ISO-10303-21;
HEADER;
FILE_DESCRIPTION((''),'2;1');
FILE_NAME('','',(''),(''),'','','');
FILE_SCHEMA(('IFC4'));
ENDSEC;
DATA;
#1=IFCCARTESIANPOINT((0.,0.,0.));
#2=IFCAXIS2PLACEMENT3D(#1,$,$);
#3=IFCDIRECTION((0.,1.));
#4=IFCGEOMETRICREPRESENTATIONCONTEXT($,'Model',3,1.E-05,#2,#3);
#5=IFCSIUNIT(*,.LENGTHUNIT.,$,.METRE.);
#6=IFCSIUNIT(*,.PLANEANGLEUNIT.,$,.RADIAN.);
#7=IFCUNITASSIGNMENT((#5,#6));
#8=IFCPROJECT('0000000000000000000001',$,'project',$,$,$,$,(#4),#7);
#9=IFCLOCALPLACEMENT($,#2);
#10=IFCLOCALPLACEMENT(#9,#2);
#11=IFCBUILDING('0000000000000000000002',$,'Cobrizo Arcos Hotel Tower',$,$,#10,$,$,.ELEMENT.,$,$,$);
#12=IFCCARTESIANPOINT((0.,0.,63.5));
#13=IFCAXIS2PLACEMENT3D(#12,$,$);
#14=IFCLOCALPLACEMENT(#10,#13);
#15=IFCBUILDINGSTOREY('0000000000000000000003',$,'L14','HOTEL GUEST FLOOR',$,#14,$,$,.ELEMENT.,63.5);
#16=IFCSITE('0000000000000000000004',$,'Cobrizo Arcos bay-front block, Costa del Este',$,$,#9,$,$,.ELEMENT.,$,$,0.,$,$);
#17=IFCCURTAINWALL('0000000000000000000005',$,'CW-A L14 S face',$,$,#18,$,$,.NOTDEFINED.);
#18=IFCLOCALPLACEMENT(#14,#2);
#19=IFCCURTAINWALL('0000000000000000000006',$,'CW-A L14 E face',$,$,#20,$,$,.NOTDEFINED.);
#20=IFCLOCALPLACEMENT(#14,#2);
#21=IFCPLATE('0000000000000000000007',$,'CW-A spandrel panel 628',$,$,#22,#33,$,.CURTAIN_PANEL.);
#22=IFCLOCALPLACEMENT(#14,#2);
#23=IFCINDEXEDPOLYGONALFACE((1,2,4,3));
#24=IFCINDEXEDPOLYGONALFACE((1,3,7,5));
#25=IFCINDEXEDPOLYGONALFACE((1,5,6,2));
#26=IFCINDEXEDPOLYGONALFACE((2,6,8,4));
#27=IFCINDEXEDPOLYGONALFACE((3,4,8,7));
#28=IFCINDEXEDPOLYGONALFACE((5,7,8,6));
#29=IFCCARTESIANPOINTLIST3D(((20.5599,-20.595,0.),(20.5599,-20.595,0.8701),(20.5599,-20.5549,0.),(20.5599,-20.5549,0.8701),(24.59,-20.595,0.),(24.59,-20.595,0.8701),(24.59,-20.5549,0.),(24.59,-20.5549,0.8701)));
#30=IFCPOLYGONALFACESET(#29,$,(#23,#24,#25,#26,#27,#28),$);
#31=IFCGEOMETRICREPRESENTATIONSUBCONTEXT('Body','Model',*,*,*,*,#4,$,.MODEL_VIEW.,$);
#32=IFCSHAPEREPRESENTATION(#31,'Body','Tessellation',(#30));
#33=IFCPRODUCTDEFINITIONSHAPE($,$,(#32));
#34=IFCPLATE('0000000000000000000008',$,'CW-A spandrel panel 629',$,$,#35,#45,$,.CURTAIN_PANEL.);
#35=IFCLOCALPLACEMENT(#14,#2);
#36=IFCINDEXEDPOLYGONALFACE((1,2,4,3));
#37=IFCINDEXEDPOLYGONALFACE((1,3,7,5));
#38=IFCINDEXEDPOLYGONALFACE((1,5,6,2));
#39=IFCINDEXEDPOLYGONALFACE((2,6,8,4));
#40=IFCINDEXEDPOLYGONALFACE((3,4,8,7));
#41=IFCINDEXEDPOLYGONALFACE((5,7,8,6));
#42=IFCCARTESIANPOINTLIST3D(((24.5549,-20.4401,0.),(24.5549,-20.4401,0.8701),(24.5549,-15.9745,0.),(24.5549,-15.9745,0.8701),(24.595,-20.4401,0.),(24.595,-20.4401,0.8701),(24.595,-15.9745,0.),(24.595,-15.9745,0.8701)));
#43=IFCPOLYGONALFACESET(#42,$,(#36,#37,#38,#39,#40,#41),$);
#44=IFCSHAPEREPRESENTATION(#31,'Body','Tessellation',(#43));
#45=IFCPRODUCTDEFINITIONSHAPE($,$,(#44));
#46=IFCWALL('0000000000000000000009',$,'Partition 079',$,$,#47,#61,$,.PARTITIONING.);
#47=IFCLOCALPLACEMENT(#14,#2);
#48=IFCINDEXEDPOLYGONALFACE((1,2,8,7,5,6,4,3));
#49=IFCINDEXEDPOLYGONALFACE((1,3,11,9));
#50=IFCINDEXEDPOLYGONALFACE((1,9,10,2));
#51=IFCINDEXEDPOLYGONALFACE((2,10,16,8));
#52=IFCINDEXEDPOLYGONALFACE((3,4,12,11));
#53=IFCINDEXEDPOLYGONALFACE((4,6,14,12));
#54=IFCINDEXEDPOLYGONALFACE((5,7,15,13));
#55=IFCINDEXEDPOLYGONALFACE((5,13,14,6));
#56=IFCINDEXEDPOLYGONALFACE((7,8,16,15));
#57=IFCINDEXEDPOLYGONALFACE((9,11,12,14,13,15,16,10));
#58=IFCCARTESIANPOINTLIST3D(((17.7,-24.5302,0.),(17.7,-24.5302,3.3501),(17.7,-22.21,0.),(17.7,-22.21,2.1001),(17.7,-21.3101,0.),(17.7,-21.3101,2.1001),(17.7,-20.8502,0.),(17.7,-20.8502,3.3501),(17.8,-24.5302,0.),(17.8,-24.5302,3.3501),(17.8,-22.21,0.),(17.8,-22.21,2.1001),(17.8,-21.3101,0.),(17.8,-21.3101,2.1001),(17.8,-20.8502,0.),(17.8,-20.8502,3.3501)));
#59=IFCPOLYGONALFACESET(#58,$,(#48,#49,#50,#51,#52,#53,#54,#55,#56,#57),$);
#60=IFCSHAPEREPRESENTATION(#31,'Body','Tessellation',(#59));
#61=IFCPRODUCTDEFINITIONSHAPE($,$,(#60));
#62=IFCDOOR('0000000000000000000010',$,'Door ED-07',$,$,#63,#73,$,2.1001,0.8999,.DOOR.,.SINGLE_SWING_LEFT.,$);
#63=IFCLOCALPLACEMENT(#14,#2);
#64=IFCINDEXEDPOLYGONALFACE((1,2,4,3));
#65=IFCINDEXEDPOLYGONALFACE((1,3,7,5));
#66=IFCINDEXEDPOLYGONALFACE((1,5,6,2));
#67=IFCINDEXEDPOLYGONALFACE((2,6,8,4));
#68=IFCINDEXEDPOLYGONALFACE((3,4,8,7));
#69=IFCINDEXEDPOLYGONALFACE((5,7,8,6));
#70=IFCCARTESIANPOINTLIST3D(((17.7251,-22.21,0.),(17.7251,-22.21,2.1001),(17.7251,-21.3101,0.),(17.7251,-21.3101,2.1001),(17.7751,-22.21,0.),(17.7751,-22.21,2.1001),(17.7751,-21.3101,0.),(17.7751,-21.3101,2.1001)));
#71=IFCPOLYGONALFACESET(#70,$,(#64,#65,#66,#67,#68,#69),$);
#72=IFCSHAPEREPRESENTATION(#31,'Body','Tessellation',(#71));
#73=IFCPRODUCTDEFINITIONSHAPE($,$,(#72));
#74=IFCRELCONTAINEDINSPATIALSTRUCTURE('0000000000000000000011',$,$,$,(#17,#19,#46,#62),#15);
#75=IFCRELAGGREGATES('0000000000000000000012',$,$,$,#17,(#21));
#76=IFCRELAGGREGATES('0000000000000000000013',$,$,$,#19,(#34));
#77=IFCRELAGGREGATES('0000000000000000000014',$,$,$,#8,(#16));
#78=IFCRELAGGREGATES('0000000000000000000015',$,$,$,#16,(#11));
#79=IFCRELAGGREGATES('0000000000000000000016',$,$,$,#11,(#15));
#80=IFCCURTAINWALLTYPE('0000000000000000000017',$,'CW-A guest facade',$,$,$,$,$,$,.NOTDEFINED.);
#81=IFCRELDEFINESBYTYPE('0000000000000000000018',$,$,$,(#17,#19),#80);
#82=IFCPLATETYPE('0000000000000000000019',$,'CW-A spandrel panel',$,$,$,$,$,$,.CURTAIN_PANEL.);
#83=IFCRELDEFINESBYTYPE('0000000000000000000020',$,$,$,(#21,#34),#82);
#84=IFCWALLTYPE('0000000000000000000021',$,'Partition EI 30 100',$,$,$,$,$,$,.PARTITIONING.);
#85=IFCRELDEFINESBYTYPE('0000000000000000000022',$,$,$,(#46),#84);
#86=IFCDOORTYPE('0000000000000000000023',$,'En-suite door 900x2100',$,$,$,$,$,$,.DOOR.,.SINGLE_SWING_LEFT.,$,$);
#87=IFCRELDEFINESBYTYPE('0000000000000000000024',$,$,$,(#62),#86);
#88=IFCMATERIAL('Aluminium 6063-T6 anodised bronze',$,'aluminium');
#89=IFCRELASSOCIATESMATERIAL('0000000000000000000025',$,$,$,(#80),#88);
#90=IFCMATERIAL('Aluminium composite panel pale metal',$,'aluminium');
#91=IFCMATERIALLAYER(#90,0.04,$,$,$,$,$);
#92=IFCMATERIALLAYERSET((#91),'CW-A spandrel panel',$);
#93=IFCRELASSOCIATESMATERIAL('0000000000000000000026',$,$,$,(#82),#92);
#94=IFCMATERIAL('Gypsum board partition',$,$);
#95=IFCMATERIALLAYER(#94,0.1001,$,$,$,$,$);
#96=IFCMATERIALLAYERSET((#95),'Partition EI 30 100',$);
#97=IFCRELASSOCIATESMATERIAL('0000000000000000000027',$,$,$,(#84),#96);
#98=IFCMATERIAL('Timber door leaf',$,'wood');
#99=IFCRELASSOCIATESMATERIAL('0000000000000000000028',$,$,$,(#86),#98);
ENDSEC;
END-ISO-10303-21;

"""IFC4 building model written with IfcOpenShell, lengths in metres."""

from ifc_helpers import new_model, si_unit, direction, frame, frame_2d, origin, origin_2d, place, context, subcontext, project, spatial, rectangle, extrude, material, layer, layer_set, type_object, element, fill, aggregate, save


model = new_model("IFC4")

# Units and contexts
model_context = context("Model", 3, precision=1e-05, world=origin(), true_north=direction((0.0, 1.0)))
body_context = subcontext(model_context, "Body", "Model", "MODEL_VIEW")
ifc_project = project(units=[si_unit("LENGTHUNIT", "METRE"), si_unit("PLANEANGLEUNIT", "RADIAN")], contexts=[model_context])

# Site, building, storey
site_placement = place(None, origin())
site = spatial("IfcSite", under=ifc_project, at=site_placement, Name="Cobrizo Arcos bay-front block, Costa del Este", CompositionType="ELEMENT", RefElevation=0.0)
building_placement = place(site_placement, origin())
building = spatial("IfcBuilding", under=site, at=building_placement, Name="Cobrizo Arcos Hotel Tower", CompositionType="ELEMENT")
storey_placement = place(building_placement, frame((0.0, 0.0, 63.5)))
storey = spatial("IfcBuildingStorey", under=building, at=storey_placement, Name="L14", Description="HOTEL GUEST FLOOR", CompositionType="ELEMENT", Elevation=63.5)

# Curtain wall
ifc_material_1 = material(Name="Aluminium 6063-T6 anodised bronze", Category="aluminium")
curtain_wall_type = type_object("IfcCurtainWallType", Name="CW-A guest facade", PredefinedType="NOTDEFINED", material=ifc_material_1)
curtain_wall_1_placement = place(storey_placement, origin())
curtain_wall_1 = element("IfcCurtainWall", 1, at=curtain_wall_1_placement, inside=storey, type_object=curtain_wall_type, Name="CW-A L14 S face", PredefinedType="NOTDEFINED")

# Curtain wall
curtain_wall_2_placement = place(storey_placement, origin())
curtain_wall_2 = element("IfcCurtainWall", 2, at=curtain_wall_2_placement, inside=storey, type_object=curtain_wall_type, Name="CW-A L14 E face", PredefinedType="NOTDEFINED")

# Plates
ifc_material_2 = material(Name="Aluminium composite panel pale metal", Category="aluminium")
ifc_layer_1 = layer(ifc_material_2, 0.04)
ifc_layer_set_1 = layer_set([ifc_layer_1], Name="CW-A spandrel panel")
plate_type_1 = type_object("IfcPlateType", Name="CW-A spandrel panel", PredefinedType="CURTAIN_PANEL", material=ifc_layer_set_1)
plate_1_placement = place(storey_placement, frame((22.575, -20.575, 0.0), z_axis=(0.0, 0.0, 1.0), x_axis=(1.0, 0.0, 0.0)))
plate_1 = element("IfcPlate", 3, at=plate_1_placement, type_object=plate_type_1, Name="CW-A spandrel panel 628", PredefinedType="CURTAIN_PANEL", context=body_context, shape_type="SweptSolid", body=[
    extrude(rectangle(XDim=4.03, YDim=0.04, at=origin_2d()), origin(), (0.0, 0.0, 1.0), 0.8701),
])
aggregate(curtain_wall_1, [plate_1])
plate_2_placement = place(storey_placement, frame((24.575, -18.2073, 0.0), z_axis=(0.0, 0.0, 1.0), x_axis=(0.0, 1.0, 0.0)))
plate_2 = element("IfcPlate", 4, at=plate_2_placement, type_object=plate_type_1, Name="CW-A spandrel panel 629", PredefinedType="CURTAIN_PANEL", context=body_context, shape_type="SweptSolid", body=[
    extrude(rectangle(XDim=4.4656, YDim=0.04, at=origin_2d()), origin(), (0.0, 0.0, 1.0), 0.8701),
])
aggregate(curtain_wall_2, [plate_2])

# Wall, opening, door
ifc_material_3 = material(Name="Gypsum board partition")
ifc_layer_2 = layer(ifc_material_3, 0.1001)
ifc_layer_set_2 = layer_set([ifc_layer_2], Name="Partition EI 30 100")
wall_type = type_object("IfcWallType", Name="Partition EI 30 100", PredefinedType="PARTITIONING", material=ifc_layer_set_2)
wall_placement = place(storey_placement, frame((17.75, -24.53, 0.0), z_axis=(0.0, 0.0, 1.0), x_axis=(0.0, 1.0, 0.0)))
wall = element("IfcWall", 5, at=wall_placement, inside=storey, type_object=wall_type, Name="Partition 079", PredefinedType="PARTITIONING", context=body_context, shape_type="SweptSolid", body=[
    extrude(rectangle(XDim=3.6799, YDim=0.1001, at=frame_2d((1.8398, 0.0))), origin(), (0.0, 0.0, 1.0), 3.3501),
])
opening_placement = place(wall_placement, frame((2.3201, 0.0, 0.0)))
opening = element("IfcOpeningElement", 6, at=opening_placement, cuts=wall, PredefinedType="OPENING", context=body_context, shape_type="SweptSolid", body=[
    extrude(rectangle(XDim=0.8999, YDim=2.1001, at=frame_2d((0.45, 1.05))), frame((0.0, 0.062, 0.0), z_axis=(0.0, -1.0, 0.0), x_axis=(1.0, 0.0, 0.0)), (0.0, 0.0, 1.0), 0.124),
])
ifc_material_4 = material(Name="Timber door leaf", Category="wood")
door_type = type_object("IfcDoorType", Name="En-suite door 900x2100", OperationType="SINGLE_SWING_LEFT", PredefinedType="DOOR", material=ifc_material_4)
door_placement = place(opening_placement, origin())
door = element("IfcDoor", 7, at=door_placement, inside=storey, type_object=door_type, Name="Door ED-07", OperationType="SINGLE_SWING_LEFT", OverallHeight=2.1001, OverallWidth=0.8999, PredefinedType="DOOR", context=body_context, shape_type="SweptSolid", body=[
    extrude(rectangle(XDim=0.8999, YDim=2.1001, at=frame_2d((0.45, 1.05))), frame((0.0, 0.0249, 0.0), z_axis=(0.0, -1.0, 0.0), x_axis=(1.0, 0.0, 0.0)), (0.0, 0.0, 1.0), 0.05),
])
fill(opening, door)

save(model, "model.ifc")
